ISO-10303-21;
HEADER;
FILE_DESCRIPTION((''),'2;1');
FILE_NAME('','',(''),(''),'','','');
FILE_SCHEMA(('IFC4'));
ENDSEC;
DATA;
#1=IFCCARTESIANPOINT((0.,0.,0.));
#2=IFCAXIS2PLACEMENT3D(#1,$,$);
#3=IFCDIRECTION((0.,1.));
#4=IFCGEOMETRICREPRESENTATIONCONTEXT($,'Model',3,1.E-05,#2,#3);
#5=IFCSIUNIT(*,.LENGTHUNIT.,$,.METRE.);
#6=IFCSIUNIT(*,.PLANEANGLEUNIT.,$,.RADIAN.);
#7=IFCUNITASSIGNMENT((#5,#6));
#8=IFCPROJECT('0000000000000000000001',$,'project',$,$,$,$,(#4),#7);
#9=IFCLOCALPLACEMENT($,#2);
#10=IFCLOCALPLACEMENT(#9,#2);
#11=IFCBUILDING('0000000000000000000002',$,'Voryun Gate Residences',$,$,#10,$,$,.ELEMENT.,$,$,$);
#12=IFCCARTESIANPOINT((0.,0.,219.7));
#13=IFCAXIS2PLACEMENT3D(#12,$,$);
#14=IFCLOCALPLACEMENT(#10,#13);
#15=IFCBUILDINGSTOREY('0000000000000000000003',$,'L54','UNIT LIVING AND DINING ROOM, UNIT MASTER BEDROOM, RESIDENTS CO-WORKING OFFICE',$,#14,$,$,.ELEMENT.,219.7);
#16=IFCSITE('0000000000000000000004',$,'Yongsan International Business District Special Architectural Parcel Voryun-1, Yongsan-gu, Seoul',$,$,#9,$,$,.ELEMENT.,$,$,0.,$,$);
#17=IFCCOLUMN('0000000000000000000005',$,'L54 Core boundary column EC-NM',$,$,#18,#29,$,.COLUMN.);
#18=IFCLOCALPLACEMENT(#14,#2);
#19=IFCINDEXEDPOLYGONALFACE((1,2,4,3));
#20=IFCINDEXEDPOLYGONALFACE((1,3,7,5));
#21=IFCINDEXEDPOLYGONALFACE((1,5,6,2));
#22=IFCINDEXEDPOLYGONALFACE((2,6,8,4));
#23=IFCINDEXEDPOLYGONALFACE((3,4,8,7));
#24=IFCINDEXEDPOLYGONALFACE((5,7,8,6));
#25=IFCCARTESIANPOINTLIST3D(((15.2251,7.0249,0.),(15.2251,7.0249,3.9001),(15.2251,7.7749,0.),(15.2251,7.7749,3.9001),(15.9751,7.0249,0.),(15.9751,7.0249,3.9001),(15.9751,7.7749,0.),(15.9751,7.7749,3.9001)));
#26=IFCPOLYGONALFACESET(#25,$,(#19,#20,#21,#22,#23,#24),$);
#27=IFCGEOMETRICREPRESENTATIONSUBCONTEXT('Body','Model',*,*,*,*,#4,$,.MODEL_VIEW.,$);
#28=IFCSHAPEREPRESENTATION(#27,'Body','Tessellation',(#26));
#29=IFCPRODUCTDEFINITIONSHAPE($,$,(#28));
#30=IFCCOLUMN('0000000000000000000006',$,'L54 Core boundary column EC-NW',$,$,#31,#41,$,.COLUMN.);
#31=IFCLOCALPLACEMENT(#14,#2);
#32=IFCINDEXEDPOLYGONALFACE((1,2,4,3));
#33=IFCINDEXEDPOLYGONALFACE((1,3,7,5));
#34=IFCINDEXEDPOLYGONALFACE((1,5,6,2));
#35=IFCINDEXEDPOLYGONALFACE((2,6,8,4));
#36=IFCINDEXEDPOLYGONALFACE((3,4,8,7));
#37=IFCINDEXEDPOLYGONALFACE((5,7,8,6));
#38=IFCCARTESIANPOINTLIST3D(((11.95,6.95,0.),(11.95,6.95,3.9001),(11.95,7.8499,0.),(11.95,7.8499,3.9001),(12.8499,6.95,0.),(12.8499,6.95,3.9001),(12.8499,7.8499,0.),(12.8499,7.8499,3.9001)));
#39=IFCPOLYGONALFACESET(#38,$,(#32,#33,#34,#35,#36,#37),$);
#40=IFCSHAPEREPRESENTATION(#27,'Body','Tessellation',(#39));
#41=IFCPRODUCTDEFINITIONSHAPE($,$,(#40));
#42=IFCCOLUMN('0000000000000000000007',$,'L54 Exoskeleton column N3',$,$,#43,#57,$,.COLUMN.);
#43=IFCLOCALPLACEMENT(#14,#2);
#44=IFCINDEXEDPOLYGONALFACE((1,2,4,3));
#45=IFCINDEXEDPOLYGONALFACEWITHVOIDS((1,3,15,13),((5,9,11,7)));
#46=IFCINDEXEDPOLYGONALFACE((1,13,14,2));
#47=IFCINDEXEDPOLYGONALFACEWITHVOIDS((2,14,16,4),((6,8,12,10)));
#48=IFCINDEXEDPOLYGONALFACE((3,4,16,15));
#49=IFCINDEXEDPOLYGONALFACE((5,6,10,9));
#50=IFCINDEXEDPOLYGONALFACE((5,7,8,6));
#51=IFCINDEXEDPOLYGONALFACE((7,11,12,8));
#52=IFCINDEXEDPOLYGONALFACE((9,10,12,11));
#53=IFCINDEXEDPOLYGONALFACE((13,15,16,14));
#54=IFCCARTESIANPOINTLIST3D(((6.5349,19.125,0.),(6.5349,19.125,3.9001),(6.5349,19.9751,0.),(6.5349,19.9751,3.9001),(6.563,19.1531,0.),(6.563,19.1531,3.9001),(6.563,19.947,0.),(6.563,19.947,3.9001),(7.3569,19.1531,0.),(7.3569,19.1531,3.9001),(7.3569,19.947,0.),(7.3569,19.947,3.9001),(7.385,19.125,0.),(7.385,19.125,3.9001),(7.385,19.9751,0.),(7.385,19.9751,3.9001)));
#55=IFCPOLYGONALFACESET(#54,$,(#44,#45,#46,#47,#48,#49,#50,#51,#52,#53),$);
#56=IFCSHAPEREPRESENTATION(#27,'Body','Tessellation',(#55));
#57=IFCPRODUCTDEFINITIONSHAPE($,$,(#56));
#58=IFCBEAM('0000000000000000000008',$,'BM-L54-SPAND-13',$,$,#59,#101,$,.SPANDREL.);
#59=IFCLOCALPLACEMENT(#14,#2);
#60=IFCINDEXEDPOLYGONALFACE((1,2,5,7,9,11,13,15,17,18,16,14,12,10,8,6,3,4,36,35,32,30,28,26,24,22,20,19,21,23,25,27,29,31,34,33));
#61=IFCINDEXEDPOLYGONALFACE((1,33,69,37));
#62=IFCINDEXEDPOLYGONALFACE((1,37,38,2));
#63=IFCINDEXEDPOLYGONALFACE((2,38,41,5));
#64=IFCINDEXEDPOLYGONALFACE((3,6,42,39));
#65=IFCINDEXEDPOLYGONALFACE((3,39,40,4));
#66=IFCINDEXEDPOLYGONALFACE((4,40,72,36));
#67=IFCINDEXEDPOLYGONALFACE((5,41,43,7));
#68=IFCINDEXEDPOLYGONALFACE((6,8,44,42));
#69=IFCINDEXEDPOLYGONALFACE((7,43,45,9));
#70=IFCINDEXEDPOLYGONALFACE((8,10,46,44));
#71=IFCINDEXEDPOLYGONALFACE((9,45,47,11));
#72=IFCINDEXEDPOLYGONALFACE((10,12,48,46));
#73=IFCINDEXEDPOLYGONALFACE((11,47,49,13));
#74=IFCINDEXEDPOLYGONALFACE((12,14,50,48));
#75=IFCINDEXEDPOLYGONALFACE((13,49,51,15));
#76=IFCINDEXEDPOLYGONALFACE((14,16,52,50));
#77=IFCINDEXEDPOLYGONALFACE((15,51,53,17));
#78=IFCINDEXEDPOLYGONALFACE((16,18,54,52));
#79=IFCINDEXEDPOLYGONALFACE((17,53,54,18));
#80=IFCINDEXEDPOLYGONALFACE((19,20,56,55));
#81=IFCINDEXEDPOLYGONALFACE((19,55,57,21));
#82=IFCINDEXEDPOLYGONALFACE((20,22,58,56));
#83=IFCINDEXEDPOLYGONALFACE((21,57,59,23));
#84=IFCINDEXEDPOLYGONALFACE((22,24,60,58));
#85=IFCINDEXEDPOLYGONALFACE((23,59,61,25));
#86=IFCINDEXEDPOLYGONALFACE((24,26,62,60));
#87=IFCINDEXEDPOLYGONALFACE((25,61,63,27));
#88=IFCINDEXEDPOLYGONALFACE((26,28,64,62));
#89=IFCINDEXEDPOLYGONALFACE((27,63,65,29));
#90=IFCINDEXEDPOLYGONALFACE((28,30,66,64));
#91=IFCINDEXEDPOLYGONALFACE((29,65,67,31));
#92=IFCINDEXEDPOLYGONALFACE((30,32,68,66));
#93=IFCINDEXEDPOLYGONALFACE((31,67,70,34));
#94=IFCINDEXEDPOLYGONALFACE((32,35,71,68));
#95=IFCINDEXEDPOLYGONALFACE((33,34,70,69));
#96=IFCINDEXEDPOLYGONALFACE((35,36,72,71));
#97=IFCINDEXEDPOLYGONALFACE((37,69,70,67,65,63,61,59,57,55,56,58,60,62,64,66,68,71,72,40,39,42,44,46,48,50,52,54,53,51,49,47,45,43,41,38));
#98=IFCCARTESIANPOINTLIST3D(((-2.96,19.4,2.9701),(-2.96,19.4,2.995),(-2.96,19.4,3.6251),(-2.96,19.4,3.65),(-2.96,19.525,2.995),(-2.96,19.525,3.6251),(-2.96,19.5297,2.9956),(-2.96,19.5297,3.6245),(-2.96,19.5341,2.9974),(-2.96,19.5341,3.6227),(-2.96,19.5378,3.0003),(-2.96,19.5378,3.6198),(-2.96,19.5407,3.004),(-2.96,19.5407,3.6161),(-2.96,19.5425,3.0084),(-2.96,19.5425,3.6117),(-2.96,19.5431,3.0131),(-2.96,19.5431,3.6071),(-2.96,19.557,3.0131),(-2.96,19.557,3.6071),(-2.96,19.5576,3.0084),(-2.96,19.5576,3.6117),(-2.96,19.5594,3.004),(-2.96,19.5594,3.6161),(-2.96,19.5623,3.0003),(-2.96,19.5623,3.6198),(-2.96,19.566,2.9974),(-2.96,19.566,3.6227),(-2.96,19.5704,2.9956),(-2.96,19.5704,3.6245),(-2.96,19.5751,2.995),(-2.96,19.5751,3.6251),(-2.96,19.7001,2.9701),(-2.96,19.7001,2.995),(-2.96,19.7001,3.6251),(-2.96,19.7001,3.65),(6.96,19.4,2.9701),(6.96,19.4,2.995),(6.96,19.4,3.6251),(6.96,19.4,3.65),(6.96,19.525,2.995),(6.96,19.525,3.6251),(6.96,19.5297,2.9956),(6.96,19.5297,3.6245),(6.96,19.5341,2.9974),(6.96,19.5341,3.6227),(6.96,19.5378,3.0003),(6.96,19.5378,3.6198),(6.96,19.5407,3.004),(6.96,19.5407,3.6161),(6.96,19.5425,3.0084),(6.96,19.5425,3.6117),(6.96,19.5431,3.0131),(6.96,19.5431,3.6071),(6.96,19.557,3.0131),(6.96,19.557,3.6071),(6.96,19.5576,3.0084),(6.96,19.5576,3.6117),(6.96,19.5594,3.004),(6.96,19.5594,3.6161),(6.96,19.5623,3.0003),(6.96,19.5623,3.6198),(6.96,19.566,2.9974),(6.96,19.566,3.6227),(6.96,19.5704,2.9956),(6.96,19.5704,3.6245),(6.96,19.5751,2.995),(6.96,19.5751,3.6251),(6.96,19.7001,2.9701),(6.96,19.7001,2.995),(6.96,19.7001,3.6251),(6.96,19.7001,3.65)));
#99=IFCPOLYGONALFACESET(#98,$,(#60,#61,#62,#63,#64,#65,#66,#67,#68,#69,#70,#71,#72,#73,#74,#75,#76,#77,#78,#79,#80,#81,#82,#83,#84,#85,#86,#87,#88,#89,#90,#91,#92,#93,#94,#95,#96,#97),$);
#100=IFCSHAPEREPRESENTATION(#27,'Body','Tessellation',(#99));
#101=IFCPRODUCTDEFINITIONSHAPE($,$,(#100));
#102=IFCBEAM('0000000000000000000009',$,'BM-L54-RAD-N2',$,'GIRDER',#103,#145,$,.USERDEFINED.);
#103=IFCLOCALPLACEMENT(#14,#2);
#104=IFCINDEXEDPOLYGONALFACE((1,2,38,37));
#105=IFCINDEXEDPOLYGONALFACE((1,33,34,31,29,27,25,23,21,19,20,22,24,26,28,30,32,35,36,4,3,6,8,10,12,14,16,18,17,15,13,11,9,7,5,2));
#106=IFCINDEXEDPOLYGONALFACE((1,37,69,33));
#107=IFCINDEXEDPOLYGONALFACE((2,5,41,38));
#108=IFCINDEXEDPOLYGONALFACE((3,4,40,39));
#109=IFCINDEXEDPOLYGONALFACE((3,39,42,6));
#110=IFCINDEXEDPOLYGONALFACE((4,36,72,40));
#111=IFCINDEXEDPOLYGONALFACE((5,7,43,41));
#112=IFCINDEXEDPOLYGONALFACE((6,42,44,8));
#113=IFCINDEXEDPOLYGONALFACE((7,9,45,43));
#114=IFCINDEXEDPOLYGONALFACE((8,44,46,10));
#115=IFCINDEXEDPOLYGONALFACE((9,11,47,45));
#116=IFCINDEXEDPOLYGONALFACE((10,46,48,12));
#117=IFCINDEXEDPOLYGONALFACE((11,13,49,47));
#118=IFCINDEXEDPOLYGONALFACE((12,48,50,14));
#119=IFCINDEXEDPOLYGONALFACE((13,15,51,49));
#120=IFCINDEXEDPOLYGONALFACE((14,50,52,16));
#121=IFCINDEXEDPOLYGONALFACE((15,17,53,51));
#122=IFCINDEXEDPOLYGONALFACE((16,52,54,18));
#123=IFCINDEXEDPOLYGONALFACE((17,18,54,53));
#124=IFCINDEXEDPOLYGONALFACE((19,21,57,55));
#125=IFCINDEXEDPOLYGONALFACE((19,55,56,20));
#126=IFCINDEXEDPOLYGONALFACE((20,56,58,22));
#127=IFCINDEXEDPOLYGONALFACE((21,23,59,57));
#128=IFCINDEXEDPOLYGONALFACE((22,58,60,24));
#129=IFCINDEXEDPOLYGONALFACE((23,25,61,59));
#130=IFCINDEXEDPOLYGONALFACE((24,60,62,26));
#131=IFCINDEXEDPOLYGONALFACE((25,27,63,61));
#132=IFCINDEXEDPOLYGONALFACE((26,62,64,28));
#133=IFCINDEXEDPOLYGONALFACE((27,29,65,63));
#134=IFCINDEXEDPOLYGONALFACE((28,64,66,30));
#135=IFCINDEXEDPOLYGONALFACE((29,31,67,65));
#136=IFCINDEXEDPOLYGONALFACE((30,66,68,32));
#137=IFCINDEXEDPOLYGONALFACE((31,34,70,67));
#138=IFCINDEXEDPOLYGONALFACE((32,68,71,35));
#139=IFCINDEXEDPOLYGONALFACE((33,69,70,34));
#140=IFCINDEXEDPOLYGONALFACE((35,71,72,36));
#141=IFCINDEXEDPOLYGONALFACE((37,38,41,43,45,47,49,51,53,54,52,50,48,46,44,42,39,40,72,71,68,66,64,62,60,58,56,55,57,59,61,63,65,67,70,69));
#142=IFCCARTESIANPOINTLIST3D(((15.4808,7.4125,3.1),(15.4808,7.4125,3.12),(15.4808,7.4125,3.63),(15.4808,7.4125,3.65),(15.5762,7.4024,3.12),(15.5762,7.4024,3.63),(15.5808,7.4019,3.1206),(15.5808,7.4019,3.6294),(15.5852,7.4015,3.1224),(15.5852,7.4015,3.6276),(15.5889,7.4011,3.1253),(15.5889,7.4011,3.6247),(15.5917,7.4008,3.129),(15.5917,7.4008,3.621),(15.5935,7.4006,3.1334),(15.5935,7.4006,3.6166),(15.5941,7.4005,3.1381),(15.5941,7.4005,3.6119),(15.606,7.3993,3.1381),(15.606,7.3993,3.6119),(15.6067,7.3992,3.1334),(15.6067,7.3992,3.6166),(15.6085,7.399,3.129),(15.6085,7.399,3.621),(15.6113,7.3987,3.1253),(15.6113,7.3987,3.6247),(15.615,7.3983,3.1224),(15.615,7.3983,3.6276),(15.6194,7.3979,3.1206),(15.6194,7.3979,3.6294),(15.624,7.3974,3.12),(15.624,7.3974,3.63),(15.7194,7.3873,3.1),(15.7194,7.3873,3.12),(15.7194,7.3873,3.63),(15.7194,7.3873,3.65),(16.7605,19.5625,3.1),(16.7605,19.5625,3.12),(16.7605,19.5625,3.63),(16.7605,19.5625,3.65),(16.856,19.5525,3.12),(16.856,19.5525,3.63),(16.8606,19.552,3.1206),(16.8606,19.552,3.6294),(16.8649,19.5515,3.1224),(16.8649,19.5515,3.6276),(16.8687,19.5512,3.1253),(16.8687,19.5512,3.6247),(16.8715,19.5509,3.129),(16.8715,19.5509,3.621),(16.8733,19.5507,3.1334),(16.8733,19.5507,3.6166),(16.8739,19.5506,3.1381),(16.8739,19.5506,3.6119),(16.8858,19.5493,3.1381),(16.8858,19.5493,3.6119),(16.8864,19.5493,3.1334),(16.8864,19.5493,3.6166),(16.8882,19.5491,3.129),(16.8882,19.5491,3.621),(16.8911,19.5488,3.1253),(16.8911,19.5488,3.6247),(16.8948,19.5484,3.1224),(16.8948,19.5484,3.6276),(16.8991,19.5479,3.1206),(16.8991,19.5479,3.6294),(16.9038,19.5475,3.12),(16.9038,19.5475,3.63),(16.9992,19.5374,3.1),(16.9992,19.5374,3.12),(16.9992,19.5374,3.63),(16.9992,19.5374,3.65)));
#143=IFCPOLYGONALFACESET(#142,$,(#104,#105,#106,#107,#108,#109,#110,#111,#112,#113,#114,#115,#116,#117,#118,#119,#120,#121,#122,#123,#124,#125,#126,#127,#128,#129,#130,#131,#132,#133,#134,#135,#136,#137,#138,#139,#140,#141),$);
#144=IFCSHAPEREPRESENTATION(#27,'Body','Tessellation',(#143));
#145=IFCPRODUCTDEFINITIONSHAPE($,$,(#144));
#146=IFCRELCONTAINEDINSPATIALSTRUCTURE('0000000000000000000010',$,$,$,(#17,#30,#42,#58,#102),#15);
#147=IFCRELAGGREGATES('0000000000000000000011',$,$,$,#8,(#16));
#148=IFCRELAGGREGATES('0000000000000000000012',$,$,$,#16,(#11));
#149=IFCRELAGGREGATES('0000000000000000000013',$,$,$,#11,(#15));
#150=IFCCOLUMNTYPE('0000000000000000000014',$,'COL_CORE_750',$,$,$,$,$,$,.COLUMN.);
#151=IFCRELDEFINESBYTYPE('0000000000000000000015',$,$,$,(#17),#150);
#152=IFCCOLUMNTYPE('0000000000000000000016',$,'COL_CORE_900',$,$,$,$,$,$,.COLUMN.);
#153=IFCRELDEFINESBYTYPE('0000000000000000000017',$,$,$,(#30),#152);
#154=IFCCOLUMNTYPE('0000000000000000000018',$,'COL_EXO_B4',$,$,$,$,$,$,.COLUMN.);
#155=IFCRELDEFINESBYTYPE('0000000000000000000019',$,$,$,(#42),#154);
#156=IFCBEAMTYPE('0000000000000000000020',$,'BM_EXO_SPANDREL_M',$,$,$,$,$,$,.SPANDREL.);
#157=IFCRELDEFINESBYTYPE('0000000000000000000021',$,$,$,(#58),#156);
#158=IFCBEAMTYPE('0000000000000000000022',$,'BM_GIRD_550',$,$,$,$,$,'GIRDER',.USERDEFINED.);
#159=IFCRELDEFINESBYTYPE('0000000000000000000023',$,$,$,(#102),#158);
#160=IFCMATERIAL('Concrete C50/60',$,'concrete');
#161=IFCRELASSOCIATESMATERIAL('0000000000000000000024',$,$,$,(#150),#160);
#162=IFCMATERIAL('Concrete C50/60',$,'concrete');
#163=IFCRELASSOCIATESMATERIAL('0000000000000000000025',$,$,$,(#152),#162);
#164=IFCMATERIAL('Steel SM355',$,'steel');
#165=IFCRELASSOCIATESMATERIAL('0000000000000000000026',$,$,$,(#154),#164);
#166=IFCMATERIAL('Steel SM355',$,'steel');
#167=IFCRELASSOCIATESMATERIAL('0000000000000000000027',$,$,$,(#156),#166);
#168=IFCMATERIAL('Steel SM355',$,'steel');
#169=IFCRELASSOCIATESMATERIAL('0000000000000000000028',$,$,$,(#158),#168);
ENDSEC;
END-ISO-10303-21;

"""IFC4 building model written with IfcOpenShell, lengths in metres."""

from ifc_helpers import new_model, si_unit, direction, frame, origin, origin_2d, place, context, subcontext, project, spatial, rectangle, hollow_rectangle, i_section, extrude, material, material_profile, profile_set, type_object, element, save


model = new_model("IFC4")

# Units and contexts
model_context = context("Model", 3, precision=1e-05, world=origin(), true_north=direction((0.0, 1.0)))
body_context = subcontext(model_context, "Body", "Model", "MODEL_VIEW")
ifc_project = project(units=[si_unit("LENGTHUNIT", "METRE"), si_unit("PLANEANGLEUNIT", "RADIAN")], contexts=[model_context])

# Site, building, storey
site_placement = place(None, origin())
site = spatial("IfcSite", under=ifc_project, at=site_placement, Name="Yongsan International Business District Special Architectural Parcel Voryun-1, Yongsan-gu, Seoul", CompositionType="ELEMENT", RefElevation=0.0)
building_placement = place(site_placement, origin())
building = spatial("IfcBuilding", under=site, at=building_placement, Name="Voryun Gate Residences", CompositionType="ELEMENT")
storey_placement = place(building_placement, frame((0.0, 0.0, 219.7)))
storey = spatial("IfcBuildingStorey", under=building, at=storey_placement, Name="L54", Description="UNIT LIVING AND DINING ROOM, UNIT MASTER BEDROOM, RESIDENTS CO-WORKING OFFICE", CompositionType="ELEMENT", Elevation=219.7)

# Columns
ifc_material_1 = material(Name="Concrete C50/60", Category="concrete")
ifc_material_profile_1 = material_profile(ifc_material_1, rectangle(XDim=0.75, YDim=0.75, at=origin_2d()), Name="RC-750x750")
ifc_profile_set_1 = profile_set([ifc_material_profile_1], Name="Concrete C50/60")
column_type_1 = type_object("IfcColumnType", Name="COL_CORE_750", PredefinedType="COLUMN", material=ifc_profile_set_1)
column_1_placement = place(storey_placement, frame((15.6001, 7.3999, 0.0), z_axis=(0.0, 0.0, 1.0), x_axis=(1.0, 0.0, 0.0)))
element("IfcColumn", 1, at=column_1_placement, inside=storey, type_object=column_type_1, Name="L54 Core boundary column EC-NM", PredefinedType="COLUMN", context=body_context, shape_type="SweptSolid", body=[
    extrude(rectangle(XDim=0.75, YDim=0.75, at=origin_2d()), origin(), (0.0, 0.0, 1.0), 3.9001),
])
ifc_material_2 = material(Name="Concrete C50/60", Category="concrete")
ifc_material_profile_2 = material_profile(ifc_material_2, rectangle(XDim=0.8999, YDim=0.8999, at=origin_2d()), Name="RC-900x900")
ifc_profile_set_2 = profile_set([ifc_material_profile_2], Name="Concrete C50/60")
column_type_2 = type_object("IfcColumnType", Name="COL_CORE_900", PredefinedType="COLUMN", material=ifc_profile_set_2)
column_2_placement = place(storey_placement, frame((12.3999, 7.3999, 0.0), z_axis=(0.0, 0.0, 1.0), x_axis=(1.0, 0.0, 0.0)))
element("IfcColumn", 2, at=column_2_placement, inside=storey, type_object=column_type_2, Name="L54 Core boundary column EC-NW", PredefinedType="COLUMN", context=body_context, shape_type="SweptSolid", body=[
    extrude(rectangle(XDim=0.8999, YDim=0.8999, at=origin_2d()), origin(), (0.0, 0.0, 1.0), 3.9001),
])
ifc_material_3 = material(Name="Steel SM355", Category="steel")
ifc_material_profile_3 = material_profile(ifc_material_3, hollow_rectangle(XDim=0.8501, YDim=0.8501, WallThickness=0.0281, at=origin_2d()), Name="BOX-850x850x28")
ifc_profile_set_3 = profile_set([ifc_material_profile_3], Name="Steel SM355")
column_type_3 = type_object("IfcColumnType", Name="COL_EXO_B4", PredefinedType="COLUMN", material=ifc_profile_set_3)
column_3_placement = place(storey_placement, frame((6.96, 19.55, 0.0), z_axis=(0.0, 0.0, 1.0), x_axis=(1.0, 0.0, 0.0)))
element("IfcColumn", 3, at=column_3_placement, inside=storey, type_object=column_type_3, Name="L54 Exoskeleton column N3", PredefinedType="COLUMN", context=body_context, shape_type="SweptSolid", body=[
    extrude(hollow_rectangle(XDim=0.8501, YDim=0.8501, WallThickness=0.0281, at=origin_2d()), origin(), (0.0, 0.0, 1.0), 3.9001),
])

# Beams
ifc_material_4 = material(Name="Steel SM355", Category="steel")
ifc_material_profile_4 = material_profile(ifc_material_4, i_section(OverallWidth=0.3, OverallDepth=0.6799, WebThickness=0.0139, FlangeThickness=0.0249, FilletRadius=0.0181, at=origin_2d()), Name="H-680x300x14x25")
ifc_profile_set_4 = profile_set([ifc_material_profile_4], Name="Steel SM355")
beam_type_1 = type_object("IfcBeamType", Name="BM_EXO_SPANDREL_M", PredefinedType="SPANDREL", material=ifc_profile_set_4)
beam_1_placement = place(storey_placement, frame((6.96, 19.55, 3.3101), z_axis=(-1.0, 0.0, 0.0), x_axis=(0.0, -1.0, 0.0)))
element("IfcBeam", 4, at=beam_1_placement, inside=storey, type_object=beam_type_1, Name="BM-L54-SPAND-13", PredefinedType="SPANDREL", context=body_context, shape_type="SweptSolid", body=[
    extrude(i_section(OverallWidth=0.3, OverallDepth=0.6799, WebThickness=0.0139, FlangeThickness=0.0249, FilletRadius=0.0181, at=origin_2d()), origin(), (0.0, 0.0, 1.0), 9.9199),
])
ifc_material_5 = material(Name="Steel SM355", Category="steel")
ifc_material_profile_5 = material_profile(ifc_material_5, i_section(OverallWidth=0.24, OverallDepth=0.55, WebThickness=0.012, FlangeThickness=0.02, FilletRadius=0.0181, at=origin_2d()), Name="H-550x240x12x20")
ifc_profile_set_5 = profile_set([ifc_material_profile_5], Name="Steel SM355")
beam_type_2 = type_object("IfcBeamType", Name="BM_GIRD_550", ElementType="GIRDER", PredefinedType="USERDEFINED", material=ifc_profile_set_5)
beam_2_placement = place(storey_placement, frame((15.6001, 7.3999, 3.375), z_axis=(0.104751, 0.994498, 0.0), x_axis=(-0.994498, 0.104751, 0.0)))
element("IfcBeam", 5, at=beam_2_placement, inside=storey, type_object=beam_type_2, Name="BM-L54-RAD-N2", ObjectType="GIRDER", PredefinedType="USERDEFINED", context=body_context, shape_type="SweptSolid", body=[
    extrude(i_section(OverallWidth=0.24, OverallDepth=0.55, WebThickness=0.012, FlangeThickness=0.02, FilletRadius=0.0181, at=origin_2d()), origin(), (0.0, 0.0, 1.0), 12.2173),
])

save(model, "model.ifc")
